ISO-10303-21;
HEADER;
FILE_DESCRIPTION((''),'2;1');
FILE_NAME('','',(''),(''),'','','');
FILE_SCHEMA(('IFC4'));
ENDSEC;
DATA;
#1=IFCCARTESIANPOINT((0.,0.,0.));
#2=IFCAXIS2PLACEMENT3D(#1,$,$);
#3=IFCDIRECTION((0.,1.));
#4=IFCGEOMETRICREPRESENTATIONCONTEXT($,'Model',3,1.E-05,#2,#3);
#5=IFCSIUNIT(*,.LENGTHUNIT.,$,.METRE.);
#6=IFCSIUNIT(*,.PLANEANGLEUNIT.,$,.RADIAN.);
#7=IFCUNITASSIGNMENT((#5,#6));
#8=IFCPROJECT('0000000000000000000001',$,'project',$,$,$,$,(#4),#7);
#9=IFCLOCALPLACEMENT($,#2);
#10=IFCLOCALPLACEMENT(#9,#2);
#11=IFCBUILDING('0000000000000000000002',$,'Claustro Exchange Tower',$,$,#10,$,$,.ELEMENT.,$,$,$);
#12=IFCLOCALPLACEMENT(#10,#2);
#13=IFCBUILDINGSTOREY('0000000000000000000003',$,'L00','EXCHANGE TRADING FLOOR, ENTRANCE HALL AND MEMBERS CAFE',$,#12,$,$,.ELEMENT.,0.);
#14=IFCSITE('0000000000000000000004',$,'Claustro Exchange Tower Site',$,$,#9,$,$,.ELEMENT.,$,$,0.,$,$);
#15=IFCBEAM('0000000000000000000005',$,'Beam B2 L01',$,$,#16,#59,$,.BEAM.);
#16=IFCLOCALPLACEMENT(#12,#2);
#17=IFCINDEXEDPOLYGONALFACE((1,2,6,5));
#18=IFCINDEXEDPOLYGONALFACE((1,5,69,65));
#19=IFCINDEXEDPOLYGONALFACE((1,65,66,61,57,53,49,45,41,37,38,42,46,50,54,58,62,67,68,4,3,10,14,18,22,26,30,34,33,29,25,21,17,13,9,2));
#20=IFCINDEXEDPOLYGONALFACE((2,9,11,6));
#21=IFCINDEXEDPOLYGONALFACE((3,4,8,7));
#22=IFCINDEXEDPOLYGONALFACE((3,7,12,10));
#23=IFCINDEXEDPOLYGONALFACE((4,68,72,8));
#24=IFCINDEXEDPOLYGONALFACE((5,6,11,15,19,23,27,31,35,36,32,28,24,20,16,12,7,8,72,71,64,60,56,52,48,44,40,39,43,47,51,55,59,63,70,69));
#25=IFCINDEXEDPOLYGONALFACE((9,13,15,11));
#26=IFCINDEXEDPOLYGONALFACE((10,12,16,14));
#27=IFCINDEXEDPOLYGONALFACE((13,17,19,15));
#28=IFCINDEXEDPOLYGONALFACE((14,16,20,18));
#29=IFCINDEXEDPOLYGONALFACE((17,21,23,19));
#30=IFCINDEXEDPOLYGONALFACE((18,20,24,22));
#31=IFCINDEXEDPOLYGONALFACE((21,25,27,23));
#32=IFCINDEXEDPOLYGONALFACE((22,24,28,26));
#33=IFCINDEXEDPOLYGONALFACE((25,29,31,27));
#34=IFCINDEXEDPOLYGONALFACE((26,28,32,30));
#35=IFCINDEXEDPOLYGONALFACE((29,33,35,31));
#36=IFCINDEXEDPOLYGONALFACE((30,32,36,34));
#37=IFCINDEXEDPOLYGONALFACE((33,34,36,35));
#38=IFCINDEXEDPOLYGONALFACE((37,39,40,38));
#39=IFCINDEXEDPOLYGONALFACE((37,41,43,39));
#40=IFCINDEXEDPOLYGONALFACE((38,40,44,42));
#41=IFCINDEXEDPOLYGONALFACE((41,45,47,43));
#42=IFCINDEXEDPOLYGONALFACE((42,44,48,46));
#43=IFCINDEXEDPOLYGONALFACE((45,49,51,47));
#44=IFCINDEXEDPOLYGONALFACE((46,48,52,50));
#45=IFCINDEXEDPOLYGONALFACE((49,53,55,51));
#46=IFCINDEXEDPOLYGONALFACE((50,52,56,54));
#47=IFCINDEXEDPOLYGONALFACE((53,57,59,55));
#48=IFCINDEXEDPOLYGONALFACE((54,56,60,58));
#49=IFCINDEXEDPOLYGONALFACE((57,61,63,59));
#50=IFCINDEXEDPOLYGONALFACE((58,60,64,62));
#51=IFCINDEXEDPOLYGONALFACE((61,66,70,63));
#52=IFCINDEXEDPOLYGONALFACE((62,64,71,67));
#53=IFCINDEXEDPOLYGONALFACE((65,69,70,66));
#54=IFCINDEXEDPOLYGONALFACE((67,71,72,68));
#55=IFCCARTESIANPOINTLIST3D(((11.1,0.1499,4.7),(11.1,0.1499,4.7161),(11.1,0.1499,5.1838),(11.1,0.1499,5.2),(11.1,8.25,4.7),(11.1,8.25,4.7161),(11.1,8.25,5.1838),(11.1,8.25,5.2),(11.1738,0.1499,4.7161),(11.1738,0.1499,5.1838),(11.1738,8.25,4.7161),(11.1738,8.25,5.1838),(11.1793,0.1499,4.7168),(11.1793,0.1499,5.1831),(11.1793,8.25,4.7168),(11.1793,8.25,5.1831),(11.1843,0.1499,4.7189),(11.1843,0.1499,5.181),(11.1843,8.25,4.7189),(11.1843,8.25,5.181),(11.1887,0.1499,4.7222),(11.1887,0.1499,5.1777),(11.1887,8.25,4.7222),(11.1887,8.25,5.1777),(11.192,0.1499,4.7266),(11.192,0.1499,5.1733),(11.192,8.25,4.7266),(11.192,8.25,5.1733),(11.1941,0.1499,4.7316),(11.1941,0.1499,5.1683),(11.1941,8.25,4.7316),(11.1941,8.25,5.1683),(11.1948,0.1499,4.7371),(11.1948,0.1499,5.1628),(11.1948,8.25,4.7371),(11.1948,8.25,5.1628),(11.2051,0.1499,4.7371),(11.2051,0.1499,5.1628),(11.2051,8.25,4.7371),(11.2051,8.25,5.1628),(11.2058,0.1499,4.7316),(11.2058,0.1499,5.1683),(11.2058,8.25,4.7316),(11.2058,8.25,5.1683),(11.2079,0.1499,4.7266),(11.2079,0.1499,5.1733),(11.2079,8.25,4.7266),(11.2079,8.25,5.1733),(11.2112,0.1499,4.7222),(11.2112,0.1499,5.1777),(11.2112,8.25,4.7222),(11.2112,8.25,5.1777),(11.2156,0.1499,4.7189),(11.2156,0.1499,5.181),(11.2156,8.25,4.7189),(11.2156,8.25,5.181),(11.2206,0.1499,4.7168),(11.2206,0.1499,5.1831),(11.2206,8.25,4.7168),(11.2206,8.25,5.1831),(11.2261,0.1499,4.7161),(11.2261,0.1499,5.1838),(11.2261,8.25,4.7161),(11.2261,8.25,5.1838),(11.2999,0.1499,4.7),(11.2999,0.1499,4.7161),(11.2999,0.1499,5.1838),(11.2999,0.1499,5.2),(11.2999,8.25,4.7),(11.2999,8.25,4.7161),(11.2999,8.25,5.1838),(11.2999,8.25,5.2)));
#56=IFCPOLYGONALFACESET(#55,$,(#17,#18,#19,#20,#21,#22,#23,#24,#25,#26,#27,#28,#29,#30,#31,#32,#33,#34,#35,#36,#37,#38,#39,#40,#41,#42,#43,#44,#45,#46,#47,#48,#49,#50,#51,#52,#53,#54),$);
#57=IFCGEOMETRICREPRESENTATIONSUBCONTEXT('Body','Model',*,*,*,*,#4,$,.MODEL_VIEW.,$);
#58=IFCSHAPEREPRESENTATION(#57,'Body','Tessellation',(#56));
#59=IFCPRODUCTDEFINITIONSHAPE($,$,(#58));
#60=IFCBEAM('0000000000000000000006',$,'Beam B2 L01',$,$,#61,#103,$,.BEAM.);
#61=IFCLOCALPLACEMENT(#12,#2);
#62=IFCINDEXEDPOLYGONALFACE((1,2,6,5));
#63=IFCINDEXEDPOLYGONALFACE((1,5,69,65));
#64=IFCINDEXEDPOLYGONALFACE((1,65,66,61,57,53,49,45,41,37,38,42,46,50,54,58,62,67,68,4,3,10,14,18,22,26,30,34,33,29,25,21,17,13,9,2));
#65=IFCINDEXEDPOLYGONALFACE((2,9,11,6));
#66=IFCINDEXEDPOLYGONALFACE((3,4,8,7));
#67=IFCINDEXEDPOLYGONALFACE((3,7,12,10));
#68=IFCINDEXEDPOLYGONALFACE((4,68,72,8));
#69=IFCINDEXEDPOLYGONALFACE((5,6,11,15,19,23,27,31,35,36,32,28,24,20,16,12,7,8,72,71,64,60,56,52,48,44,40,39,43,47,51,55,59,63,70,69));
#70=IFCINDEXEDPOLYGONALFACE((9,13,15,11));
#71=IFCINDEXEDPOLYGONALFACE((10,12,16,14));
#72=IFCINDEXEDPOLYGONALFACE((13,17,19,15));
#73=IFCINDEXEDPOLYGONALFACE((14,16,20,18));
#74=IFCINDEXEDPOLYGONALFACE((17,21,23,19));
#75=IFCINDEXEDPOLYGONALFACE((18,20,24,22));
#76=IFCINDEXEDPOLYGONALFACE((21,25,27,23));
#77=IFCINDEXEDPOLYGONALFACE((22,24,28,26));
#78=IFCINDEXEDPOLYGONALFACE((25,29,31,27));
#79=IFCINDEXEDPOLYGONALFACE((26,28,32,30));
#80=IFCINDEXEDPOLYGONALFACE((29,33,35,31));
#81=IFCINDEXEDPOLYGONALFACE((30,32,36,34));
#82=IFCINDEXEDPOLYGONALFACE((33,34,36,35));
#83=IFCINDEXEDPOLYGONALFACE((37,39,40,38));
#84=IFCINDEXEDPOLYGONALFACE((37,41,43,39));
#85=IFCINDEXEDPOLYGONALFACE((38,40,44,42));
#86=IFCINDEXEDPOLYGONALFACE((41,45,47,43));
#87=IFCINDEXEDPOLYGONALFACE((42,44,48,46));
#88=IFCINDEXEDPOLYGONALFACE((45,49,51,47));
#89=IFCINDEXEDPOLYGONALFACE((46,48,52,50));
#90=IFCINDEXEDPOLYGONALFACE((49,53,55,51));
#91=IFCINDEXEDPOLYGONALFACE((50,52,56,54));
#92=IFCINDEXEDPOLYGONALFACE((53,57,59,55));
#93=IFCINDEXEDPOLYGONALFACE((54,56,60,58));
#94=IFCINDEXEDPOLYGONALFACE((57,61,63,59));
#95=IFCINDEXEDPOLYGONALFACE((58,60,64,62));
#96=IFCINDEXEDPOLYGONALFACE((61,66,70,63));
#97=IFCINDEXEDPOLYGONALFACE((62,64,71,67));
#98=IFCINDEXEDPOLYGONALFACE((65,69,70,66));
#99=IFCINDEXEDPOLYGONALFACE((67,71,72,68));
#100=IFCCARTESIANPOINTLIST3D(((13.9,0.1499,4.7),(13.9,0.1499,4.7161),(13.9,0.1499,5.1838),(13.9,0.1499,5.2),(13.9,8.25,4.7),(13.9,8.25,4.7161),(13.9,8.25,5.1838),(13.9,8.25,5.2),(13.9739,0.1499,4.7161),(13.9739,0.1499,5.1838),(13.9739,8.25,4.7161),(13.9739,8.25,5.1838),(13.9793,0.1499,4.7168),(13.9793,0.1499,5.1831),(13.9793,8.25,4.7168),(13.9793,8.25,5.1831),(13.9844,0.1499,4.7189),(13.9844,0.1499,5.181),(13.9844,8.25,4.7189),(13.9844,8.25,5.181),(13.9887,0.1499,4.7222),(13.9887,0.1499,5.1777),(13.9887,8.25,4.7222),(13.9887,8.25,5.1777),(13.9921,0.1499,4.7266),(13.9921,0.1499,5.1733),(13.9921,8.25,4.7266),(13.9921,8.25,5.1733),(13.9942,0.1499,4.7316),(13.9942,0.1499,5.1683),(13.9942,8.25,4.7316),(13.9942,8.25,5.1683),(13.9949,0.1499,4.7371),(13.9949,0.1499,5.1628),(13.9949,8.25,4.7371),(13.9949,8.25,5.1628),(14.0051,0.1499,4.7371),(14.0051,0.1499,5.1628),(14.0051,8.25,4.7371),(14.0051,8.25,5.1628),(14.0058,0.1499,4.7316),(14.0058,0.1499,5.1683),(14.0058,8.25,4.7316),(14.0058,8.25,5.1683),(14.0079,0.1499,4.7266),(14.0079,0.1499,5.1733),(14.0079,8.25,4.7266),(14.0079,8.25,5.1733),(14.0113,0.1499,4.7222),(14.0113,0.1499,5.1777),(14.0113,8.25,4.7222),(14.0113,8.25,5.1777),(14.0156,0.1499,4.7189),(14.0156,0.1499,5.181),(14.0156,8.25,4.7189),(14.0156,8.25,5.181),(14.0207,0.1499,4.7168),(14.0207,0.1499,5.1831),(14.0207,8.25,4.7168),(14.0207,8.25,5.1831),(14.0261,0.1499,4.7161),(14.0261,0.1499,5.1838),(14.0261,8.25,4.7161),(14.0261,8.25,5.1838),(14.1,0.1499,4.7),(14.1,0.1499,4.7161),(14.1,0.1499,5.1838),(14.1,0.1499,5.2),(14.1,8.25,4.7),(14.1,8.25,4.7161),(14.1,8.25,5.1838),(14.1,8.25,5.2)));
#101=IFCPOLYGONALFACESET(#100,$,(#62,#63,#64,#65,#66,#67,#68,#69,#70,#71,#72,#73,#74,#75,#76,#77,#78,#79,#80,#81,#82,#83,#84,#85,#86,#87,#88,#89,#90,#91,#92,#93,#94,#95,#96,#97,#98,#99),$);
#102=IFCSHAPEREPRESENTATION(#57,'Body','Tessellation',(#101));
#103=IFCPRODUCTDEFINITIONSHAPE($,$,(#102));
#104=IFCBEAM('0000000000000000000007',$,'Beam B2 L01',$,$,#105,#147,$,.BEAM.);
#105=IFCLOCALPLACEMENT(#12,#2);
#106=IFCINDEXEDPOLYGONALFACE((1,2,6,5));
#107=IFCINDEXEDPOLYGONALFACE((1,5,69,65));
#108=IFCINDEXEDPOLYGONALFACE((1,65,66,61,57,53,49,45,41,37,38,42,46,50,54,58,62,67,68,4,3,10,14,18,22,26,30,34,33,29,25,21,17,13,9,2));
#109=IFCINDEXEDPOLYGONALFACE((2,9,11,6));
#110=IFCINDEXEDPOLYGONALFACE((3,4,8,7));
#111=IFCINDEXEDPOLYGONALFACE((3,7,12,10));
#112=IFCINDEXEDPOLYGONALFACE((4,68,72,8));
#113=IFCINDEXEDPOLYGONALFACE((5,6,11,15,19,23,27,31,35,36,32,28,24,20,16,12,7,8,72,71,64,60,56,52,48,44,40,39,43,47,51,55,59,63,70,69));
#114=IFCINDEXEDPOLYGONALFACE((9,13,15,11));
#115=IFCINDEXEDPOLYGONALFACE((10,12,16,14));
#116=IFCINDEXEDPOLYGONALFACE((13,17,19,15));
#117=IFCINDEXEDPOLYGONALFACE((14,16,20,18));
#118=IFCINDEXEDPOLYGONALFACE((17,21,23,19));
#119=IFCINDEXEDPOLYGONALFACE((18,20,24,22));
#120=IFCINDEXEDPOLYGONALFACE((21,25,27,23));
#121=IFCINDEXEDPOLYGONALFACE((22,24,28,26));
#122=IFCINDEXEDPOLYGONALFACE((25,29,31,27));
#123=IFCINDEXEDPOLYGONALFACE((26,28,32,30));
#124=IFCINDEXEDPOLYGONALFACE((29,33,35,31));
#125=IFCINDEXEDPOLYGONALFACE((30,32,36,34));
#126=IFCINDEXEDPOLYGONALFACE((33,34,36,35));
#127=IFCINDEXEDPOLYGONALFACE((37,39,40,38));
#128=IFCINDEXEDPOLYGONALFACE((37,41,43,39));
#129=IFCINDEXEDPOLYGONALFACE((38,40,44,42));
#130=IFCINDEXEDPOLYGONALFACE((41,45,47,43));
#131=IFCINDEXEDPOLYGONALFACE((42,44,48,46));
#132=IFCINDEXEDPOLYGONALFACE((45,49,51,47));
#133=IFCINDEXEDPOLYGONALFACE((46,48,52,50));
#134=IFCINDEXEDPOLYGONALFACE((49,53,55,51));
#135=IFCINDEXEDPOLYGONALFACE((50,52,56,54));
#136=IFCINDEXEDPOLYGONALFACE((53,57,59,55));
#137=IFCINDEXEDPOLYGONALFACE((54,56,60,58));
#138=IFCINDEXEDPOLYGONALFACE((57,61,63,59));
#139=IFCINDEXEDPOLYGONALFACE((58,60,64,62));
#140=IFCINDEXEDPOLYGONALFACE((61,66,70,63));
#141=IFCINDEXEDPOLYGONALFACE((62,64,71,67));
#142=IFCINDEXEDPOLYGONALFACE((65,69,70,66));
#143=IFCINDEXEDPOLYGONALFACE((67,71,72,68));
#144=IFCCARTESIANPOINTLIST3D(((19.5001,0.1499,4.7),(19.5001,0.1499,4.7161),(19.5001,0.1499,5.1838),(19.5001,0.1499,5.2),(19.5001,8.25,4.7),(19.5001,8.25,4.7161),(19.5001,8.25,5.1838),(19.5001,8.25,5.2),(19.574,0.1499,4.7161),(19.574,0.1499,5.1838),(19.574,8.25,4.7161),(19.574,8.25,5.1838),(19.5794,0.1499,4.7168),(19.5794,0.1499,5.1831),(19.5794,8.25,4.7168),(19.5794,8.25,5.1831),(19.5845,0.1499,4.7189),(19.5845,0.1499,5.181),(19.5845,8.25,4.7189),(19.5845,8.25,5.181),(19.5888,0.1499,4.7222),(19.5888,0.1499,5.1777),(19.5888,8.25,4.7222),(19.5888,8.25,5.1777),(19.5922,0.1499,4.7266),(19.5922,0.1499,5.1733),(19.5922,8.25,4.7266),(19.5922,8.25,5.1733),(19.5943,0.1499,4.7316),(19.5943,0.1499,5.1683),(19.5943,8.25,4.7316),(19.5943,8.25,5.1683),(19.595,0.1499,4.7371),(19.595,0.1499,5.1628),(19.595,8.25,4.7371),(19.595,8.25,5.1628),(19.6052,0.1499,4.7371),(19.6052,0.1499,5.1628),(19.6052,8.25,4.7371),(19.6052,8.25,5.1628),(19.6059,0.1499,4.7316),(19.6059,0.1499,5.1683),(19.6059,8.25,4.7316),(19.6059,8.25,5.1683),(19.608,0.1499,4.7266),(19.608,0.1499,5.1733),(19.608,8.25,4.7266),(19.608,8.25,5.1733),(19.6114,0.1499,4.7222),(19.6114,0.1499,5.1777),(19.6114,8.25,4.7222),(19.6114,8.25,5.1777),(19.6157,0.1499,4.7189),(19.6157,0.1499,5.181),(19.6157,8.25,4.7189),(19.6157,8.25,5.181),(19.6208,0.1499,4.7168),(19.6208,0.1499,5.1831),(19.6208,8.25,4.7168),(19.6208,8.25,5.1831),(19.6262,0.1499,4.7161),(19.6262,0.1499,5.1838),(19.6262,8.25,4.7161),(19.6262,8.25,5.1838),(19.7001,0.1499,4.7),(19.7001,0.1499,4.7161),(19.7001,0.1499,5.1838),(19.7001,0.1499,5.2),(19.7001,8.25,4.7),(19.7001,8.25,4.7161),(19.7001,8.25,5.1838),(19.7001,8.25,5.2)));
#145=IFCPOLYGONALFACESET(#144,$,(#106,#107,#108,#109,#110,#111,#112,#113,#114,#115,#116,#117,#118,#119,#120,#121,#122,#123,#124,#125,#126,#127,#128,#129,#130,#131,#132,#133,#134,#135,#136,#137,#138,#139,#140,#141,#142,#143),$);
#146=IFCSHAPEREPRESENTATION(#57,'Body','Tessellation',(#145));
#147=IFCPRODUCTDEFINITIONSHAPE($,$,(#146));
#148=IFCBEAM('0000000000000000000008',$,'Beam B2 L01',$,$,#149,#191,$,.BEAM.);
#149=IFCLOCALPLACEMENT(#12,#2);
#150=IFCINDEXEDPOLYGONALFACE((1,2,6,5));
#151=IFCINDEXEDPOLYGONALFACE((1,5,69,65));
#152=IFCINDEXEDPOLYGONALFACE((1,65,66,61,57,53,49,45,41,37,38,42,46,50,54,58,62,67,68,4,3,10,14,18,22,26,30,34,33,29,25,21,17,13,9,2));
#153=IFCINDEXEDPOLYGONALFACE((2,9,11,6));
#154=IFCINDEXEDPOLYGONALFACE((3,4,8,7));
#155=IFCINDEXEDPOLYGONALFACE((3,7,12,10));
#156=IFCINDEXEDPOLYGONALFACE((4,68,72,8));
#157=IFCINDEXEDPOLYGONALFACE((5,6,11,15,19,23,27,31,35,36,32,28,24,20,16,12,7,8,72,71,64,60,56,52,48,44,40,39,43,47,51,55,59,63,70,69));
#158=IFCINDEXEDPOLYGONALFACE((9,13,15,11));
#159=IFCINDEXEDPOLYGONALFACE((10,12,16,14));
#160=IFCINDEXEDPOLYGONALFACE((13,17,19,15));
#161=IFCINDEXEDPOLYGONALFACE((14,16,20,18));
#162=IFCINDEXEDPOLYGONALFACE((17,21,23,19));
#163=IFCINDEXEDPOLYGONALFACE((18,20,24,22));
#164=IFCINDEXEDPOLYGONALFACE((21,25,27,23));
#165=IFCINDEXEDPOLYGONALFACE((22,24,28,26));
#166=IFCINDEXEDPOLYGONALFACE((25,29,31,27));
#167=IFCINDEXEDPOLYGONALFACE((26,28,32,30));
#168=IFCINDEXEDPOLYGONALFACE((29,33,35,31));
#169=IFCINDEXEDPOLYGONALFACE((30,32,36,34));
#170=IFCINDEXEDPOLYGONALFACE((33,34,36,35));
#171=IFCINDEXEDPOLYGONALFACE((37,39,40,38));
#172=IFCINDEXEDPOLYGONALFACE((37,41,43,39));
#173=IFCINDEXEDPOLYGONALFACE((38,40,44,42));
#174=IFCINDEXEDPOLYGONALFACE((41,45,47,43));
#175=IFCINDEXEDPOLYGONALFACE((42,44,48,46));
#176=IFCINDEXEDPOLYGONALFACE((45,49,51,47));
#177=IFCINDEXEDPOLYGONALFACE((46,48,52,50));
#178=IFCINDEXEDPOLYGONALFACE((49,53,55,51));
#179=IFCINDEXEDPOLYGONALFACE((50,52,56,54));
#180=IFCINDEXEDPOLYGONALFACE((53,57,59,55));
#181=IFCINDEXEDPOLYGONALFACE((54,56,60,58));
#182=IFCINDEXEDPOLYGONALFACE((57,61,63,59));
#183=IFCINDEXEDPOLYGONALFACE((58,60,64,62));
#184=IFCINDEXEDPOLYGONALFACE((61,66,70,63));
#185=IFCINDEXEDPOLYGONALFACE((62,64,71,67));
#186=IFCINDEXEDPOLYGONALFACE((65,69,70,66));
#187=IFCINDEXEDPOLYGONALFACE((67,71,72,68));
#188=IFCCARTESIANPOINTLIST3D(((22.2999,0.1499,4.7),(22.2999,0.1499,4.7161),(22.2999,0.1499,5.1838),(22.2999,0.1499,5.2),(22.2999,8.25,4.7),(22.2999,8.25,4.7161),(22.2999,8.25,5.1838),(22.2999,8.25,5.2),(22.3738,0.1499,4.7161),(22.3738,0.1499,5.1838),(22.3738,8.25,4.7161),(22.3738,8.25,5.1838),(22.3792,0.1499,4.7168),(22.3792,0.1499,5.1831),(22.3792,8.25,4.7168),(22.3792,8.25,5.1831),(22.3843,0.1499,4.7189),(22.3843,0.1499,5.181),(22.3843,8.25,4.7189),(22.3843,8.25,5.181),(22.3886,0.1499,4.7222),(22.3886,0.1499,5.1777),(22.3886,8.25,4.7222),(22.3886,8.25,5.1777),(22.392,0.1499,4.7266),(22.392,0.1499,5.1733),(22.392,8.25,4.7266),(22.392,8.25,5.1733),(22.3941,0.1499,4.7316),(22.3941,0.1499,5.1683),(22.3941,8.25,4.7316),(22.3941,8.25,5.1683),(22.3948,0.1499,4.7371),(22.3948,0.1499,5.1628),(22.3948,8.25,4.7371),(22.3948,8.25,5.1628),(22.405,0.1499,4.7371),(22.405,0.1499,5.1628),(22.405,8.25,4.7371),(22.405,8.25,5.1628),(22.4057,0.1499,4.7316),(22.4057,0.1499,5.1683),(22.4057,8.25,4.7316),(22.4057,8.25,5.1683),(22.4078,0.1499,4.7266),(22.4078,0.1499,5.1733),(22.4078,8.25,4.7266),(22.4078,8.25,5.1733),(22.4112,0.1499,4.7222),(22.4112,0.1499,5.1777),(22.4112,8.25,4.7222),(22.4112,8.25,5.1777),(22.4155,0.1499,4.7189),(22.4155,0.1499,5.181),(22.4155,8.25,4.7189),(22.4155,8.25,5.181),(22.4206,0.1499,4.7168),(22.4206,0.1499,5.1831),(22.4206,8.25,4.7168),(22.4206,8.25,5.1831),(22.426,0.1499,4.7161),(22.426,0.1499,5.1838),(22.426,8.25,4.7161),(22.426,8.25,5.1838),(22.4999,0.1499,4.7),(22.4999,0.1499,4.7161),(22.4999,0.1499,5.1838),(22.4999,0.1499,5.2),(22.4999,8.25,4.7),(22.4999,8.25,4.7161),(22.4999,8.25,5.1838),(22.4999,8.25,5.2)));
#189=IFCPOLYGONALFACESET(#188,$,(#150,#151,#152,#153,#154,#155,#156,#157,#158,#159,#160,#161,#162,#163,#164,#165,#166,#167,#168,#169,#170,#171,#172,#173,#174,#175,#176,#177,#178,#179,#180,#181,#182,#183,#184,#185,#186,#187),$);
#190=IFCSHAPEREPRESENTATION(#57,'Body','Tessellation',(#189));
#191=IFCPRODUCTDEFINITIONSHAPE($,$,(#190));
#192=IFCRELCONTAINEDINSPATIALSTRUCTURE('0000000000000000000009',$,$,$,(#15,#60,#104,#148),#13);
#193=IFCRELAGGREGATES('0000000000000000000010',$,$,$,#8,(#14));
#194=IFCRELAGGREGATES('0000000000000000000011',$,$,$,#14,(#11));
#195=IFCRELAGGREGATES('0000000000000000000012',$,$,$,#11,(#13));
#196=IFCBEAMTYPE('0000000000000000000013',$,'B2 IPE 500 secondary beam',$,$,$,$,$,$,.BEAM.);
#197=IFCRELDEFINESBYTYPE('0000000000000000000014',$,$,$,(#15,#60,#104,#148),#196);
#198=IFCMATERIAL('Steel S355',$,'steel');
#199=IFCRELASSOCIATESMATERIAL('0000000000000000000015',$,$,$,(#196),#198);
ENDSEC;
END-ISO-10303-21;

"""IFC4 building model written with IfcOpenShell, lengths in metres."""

from ifc_helpers import new_model, si_unit, direction, frame, origin, origin_2d, place, context, subcontext, project, spatial, i_section, extrude, material, material_profile, profile_set, type_object, element, save


model = new_model("IFC4")

# Units and contexts
model_context = context("Model", 3, precision=1e-05, world=origin(), true_north=direction((0.0, 1.0)))
body_context = subcontext(model_context, "Body", "Model", "MODEL_VIEW")
ifc_project = project(units=[si_unit("LENGTHUNIT", "METRE"), si_unit("PLANEANGLEUNIT", "RADIAN")], contexts=[model_context])

# Site, building, storey
site_placement = place(None, origin())
site = spatial("IfcSite", under=ifc_project, at=site_placement, Name="Claustro Exchange Tower Site", CompositionType="ELEMENT", RefElevation=0.0)
building_placement = place(site_placement, origin())
building = spatial("IfcBuilding", under=site, at=building_placement, Name="Claustro Exchange Tower", CompositionType="ELEMENT")
storey_placement = place(building_placement, origin())
storey = spatial("IfcBuildingStorey", under=building, at=storey_placement, Name="L00", Description="EXCHANGE TRADING FLOOR, ENTRANCE HALL AND MEMBERS CAFE", CompositionType="ELEMENT", Elevation=0.0)

# Beams
ifc_material_1 = material(Name="Steel S355", Category="steel")
ifc_material_profile_1 = material_profile(ifc_material_1, i_section(OverallWidth=0.2, OverallDepth=0.5, WebThickness=0.0103, FlangeThickness=0.0161, FilletRadius=0.021, at=origin_2d()), Name="IPE 500")
ifc_profile_set_1 = profile_set([ifc_material_profile_1], Name="Steel S355")
beam_type_1 = type_object("IfcBeamType", Name="B2 IPE 500 secondary beam", PredefinedType="BEAM", material=ifc_profile_set_1)
for number, where, z_axis, x_axis, name in (
    (1, (11.2, 0.1499, 4.95), (0.0, 1.0, 0.0), (-1.0, 0.0, 0.0), "Beam B2 L01"),
    (2, (14.0, 0.1499, 4.95), (0.0, 1.0, 0.0), (-1.0, 0.0, 0.0), "Beam B2 L01"),
    (3, (19.6001, 0.1499, 4.95), (0.0, 1.0, 0.0), (-1.0, 0.0, 0.0), "Beam B2 L01"),
    (4, (22.3999, 0.1499, 4.95), (0.0, 1.0, 0.0), (-1.0, 0.0, 0.0), "Beam B2 L01"),
):
    element("IfcBeam", number, at=place(storey_placement, frame(where, z_axis=z_axis, x_axis=x_axis)), inside=storey, type_object=beam_type_1, Name=name, PredefinedType="BEAM", context=body_context, shape_type="SweptSolid", body=[
        extrude(i_section(OverallWidth=0.2, OverallDepth=0.5, WebThickness=0.0103, FlangeThickness=0.0161, FilletRadius=0.021, at=origin_2d()), origin(), (0.0, 0.0, 1.0), 8.1001),
    ])

save(model, "model.ifc")
